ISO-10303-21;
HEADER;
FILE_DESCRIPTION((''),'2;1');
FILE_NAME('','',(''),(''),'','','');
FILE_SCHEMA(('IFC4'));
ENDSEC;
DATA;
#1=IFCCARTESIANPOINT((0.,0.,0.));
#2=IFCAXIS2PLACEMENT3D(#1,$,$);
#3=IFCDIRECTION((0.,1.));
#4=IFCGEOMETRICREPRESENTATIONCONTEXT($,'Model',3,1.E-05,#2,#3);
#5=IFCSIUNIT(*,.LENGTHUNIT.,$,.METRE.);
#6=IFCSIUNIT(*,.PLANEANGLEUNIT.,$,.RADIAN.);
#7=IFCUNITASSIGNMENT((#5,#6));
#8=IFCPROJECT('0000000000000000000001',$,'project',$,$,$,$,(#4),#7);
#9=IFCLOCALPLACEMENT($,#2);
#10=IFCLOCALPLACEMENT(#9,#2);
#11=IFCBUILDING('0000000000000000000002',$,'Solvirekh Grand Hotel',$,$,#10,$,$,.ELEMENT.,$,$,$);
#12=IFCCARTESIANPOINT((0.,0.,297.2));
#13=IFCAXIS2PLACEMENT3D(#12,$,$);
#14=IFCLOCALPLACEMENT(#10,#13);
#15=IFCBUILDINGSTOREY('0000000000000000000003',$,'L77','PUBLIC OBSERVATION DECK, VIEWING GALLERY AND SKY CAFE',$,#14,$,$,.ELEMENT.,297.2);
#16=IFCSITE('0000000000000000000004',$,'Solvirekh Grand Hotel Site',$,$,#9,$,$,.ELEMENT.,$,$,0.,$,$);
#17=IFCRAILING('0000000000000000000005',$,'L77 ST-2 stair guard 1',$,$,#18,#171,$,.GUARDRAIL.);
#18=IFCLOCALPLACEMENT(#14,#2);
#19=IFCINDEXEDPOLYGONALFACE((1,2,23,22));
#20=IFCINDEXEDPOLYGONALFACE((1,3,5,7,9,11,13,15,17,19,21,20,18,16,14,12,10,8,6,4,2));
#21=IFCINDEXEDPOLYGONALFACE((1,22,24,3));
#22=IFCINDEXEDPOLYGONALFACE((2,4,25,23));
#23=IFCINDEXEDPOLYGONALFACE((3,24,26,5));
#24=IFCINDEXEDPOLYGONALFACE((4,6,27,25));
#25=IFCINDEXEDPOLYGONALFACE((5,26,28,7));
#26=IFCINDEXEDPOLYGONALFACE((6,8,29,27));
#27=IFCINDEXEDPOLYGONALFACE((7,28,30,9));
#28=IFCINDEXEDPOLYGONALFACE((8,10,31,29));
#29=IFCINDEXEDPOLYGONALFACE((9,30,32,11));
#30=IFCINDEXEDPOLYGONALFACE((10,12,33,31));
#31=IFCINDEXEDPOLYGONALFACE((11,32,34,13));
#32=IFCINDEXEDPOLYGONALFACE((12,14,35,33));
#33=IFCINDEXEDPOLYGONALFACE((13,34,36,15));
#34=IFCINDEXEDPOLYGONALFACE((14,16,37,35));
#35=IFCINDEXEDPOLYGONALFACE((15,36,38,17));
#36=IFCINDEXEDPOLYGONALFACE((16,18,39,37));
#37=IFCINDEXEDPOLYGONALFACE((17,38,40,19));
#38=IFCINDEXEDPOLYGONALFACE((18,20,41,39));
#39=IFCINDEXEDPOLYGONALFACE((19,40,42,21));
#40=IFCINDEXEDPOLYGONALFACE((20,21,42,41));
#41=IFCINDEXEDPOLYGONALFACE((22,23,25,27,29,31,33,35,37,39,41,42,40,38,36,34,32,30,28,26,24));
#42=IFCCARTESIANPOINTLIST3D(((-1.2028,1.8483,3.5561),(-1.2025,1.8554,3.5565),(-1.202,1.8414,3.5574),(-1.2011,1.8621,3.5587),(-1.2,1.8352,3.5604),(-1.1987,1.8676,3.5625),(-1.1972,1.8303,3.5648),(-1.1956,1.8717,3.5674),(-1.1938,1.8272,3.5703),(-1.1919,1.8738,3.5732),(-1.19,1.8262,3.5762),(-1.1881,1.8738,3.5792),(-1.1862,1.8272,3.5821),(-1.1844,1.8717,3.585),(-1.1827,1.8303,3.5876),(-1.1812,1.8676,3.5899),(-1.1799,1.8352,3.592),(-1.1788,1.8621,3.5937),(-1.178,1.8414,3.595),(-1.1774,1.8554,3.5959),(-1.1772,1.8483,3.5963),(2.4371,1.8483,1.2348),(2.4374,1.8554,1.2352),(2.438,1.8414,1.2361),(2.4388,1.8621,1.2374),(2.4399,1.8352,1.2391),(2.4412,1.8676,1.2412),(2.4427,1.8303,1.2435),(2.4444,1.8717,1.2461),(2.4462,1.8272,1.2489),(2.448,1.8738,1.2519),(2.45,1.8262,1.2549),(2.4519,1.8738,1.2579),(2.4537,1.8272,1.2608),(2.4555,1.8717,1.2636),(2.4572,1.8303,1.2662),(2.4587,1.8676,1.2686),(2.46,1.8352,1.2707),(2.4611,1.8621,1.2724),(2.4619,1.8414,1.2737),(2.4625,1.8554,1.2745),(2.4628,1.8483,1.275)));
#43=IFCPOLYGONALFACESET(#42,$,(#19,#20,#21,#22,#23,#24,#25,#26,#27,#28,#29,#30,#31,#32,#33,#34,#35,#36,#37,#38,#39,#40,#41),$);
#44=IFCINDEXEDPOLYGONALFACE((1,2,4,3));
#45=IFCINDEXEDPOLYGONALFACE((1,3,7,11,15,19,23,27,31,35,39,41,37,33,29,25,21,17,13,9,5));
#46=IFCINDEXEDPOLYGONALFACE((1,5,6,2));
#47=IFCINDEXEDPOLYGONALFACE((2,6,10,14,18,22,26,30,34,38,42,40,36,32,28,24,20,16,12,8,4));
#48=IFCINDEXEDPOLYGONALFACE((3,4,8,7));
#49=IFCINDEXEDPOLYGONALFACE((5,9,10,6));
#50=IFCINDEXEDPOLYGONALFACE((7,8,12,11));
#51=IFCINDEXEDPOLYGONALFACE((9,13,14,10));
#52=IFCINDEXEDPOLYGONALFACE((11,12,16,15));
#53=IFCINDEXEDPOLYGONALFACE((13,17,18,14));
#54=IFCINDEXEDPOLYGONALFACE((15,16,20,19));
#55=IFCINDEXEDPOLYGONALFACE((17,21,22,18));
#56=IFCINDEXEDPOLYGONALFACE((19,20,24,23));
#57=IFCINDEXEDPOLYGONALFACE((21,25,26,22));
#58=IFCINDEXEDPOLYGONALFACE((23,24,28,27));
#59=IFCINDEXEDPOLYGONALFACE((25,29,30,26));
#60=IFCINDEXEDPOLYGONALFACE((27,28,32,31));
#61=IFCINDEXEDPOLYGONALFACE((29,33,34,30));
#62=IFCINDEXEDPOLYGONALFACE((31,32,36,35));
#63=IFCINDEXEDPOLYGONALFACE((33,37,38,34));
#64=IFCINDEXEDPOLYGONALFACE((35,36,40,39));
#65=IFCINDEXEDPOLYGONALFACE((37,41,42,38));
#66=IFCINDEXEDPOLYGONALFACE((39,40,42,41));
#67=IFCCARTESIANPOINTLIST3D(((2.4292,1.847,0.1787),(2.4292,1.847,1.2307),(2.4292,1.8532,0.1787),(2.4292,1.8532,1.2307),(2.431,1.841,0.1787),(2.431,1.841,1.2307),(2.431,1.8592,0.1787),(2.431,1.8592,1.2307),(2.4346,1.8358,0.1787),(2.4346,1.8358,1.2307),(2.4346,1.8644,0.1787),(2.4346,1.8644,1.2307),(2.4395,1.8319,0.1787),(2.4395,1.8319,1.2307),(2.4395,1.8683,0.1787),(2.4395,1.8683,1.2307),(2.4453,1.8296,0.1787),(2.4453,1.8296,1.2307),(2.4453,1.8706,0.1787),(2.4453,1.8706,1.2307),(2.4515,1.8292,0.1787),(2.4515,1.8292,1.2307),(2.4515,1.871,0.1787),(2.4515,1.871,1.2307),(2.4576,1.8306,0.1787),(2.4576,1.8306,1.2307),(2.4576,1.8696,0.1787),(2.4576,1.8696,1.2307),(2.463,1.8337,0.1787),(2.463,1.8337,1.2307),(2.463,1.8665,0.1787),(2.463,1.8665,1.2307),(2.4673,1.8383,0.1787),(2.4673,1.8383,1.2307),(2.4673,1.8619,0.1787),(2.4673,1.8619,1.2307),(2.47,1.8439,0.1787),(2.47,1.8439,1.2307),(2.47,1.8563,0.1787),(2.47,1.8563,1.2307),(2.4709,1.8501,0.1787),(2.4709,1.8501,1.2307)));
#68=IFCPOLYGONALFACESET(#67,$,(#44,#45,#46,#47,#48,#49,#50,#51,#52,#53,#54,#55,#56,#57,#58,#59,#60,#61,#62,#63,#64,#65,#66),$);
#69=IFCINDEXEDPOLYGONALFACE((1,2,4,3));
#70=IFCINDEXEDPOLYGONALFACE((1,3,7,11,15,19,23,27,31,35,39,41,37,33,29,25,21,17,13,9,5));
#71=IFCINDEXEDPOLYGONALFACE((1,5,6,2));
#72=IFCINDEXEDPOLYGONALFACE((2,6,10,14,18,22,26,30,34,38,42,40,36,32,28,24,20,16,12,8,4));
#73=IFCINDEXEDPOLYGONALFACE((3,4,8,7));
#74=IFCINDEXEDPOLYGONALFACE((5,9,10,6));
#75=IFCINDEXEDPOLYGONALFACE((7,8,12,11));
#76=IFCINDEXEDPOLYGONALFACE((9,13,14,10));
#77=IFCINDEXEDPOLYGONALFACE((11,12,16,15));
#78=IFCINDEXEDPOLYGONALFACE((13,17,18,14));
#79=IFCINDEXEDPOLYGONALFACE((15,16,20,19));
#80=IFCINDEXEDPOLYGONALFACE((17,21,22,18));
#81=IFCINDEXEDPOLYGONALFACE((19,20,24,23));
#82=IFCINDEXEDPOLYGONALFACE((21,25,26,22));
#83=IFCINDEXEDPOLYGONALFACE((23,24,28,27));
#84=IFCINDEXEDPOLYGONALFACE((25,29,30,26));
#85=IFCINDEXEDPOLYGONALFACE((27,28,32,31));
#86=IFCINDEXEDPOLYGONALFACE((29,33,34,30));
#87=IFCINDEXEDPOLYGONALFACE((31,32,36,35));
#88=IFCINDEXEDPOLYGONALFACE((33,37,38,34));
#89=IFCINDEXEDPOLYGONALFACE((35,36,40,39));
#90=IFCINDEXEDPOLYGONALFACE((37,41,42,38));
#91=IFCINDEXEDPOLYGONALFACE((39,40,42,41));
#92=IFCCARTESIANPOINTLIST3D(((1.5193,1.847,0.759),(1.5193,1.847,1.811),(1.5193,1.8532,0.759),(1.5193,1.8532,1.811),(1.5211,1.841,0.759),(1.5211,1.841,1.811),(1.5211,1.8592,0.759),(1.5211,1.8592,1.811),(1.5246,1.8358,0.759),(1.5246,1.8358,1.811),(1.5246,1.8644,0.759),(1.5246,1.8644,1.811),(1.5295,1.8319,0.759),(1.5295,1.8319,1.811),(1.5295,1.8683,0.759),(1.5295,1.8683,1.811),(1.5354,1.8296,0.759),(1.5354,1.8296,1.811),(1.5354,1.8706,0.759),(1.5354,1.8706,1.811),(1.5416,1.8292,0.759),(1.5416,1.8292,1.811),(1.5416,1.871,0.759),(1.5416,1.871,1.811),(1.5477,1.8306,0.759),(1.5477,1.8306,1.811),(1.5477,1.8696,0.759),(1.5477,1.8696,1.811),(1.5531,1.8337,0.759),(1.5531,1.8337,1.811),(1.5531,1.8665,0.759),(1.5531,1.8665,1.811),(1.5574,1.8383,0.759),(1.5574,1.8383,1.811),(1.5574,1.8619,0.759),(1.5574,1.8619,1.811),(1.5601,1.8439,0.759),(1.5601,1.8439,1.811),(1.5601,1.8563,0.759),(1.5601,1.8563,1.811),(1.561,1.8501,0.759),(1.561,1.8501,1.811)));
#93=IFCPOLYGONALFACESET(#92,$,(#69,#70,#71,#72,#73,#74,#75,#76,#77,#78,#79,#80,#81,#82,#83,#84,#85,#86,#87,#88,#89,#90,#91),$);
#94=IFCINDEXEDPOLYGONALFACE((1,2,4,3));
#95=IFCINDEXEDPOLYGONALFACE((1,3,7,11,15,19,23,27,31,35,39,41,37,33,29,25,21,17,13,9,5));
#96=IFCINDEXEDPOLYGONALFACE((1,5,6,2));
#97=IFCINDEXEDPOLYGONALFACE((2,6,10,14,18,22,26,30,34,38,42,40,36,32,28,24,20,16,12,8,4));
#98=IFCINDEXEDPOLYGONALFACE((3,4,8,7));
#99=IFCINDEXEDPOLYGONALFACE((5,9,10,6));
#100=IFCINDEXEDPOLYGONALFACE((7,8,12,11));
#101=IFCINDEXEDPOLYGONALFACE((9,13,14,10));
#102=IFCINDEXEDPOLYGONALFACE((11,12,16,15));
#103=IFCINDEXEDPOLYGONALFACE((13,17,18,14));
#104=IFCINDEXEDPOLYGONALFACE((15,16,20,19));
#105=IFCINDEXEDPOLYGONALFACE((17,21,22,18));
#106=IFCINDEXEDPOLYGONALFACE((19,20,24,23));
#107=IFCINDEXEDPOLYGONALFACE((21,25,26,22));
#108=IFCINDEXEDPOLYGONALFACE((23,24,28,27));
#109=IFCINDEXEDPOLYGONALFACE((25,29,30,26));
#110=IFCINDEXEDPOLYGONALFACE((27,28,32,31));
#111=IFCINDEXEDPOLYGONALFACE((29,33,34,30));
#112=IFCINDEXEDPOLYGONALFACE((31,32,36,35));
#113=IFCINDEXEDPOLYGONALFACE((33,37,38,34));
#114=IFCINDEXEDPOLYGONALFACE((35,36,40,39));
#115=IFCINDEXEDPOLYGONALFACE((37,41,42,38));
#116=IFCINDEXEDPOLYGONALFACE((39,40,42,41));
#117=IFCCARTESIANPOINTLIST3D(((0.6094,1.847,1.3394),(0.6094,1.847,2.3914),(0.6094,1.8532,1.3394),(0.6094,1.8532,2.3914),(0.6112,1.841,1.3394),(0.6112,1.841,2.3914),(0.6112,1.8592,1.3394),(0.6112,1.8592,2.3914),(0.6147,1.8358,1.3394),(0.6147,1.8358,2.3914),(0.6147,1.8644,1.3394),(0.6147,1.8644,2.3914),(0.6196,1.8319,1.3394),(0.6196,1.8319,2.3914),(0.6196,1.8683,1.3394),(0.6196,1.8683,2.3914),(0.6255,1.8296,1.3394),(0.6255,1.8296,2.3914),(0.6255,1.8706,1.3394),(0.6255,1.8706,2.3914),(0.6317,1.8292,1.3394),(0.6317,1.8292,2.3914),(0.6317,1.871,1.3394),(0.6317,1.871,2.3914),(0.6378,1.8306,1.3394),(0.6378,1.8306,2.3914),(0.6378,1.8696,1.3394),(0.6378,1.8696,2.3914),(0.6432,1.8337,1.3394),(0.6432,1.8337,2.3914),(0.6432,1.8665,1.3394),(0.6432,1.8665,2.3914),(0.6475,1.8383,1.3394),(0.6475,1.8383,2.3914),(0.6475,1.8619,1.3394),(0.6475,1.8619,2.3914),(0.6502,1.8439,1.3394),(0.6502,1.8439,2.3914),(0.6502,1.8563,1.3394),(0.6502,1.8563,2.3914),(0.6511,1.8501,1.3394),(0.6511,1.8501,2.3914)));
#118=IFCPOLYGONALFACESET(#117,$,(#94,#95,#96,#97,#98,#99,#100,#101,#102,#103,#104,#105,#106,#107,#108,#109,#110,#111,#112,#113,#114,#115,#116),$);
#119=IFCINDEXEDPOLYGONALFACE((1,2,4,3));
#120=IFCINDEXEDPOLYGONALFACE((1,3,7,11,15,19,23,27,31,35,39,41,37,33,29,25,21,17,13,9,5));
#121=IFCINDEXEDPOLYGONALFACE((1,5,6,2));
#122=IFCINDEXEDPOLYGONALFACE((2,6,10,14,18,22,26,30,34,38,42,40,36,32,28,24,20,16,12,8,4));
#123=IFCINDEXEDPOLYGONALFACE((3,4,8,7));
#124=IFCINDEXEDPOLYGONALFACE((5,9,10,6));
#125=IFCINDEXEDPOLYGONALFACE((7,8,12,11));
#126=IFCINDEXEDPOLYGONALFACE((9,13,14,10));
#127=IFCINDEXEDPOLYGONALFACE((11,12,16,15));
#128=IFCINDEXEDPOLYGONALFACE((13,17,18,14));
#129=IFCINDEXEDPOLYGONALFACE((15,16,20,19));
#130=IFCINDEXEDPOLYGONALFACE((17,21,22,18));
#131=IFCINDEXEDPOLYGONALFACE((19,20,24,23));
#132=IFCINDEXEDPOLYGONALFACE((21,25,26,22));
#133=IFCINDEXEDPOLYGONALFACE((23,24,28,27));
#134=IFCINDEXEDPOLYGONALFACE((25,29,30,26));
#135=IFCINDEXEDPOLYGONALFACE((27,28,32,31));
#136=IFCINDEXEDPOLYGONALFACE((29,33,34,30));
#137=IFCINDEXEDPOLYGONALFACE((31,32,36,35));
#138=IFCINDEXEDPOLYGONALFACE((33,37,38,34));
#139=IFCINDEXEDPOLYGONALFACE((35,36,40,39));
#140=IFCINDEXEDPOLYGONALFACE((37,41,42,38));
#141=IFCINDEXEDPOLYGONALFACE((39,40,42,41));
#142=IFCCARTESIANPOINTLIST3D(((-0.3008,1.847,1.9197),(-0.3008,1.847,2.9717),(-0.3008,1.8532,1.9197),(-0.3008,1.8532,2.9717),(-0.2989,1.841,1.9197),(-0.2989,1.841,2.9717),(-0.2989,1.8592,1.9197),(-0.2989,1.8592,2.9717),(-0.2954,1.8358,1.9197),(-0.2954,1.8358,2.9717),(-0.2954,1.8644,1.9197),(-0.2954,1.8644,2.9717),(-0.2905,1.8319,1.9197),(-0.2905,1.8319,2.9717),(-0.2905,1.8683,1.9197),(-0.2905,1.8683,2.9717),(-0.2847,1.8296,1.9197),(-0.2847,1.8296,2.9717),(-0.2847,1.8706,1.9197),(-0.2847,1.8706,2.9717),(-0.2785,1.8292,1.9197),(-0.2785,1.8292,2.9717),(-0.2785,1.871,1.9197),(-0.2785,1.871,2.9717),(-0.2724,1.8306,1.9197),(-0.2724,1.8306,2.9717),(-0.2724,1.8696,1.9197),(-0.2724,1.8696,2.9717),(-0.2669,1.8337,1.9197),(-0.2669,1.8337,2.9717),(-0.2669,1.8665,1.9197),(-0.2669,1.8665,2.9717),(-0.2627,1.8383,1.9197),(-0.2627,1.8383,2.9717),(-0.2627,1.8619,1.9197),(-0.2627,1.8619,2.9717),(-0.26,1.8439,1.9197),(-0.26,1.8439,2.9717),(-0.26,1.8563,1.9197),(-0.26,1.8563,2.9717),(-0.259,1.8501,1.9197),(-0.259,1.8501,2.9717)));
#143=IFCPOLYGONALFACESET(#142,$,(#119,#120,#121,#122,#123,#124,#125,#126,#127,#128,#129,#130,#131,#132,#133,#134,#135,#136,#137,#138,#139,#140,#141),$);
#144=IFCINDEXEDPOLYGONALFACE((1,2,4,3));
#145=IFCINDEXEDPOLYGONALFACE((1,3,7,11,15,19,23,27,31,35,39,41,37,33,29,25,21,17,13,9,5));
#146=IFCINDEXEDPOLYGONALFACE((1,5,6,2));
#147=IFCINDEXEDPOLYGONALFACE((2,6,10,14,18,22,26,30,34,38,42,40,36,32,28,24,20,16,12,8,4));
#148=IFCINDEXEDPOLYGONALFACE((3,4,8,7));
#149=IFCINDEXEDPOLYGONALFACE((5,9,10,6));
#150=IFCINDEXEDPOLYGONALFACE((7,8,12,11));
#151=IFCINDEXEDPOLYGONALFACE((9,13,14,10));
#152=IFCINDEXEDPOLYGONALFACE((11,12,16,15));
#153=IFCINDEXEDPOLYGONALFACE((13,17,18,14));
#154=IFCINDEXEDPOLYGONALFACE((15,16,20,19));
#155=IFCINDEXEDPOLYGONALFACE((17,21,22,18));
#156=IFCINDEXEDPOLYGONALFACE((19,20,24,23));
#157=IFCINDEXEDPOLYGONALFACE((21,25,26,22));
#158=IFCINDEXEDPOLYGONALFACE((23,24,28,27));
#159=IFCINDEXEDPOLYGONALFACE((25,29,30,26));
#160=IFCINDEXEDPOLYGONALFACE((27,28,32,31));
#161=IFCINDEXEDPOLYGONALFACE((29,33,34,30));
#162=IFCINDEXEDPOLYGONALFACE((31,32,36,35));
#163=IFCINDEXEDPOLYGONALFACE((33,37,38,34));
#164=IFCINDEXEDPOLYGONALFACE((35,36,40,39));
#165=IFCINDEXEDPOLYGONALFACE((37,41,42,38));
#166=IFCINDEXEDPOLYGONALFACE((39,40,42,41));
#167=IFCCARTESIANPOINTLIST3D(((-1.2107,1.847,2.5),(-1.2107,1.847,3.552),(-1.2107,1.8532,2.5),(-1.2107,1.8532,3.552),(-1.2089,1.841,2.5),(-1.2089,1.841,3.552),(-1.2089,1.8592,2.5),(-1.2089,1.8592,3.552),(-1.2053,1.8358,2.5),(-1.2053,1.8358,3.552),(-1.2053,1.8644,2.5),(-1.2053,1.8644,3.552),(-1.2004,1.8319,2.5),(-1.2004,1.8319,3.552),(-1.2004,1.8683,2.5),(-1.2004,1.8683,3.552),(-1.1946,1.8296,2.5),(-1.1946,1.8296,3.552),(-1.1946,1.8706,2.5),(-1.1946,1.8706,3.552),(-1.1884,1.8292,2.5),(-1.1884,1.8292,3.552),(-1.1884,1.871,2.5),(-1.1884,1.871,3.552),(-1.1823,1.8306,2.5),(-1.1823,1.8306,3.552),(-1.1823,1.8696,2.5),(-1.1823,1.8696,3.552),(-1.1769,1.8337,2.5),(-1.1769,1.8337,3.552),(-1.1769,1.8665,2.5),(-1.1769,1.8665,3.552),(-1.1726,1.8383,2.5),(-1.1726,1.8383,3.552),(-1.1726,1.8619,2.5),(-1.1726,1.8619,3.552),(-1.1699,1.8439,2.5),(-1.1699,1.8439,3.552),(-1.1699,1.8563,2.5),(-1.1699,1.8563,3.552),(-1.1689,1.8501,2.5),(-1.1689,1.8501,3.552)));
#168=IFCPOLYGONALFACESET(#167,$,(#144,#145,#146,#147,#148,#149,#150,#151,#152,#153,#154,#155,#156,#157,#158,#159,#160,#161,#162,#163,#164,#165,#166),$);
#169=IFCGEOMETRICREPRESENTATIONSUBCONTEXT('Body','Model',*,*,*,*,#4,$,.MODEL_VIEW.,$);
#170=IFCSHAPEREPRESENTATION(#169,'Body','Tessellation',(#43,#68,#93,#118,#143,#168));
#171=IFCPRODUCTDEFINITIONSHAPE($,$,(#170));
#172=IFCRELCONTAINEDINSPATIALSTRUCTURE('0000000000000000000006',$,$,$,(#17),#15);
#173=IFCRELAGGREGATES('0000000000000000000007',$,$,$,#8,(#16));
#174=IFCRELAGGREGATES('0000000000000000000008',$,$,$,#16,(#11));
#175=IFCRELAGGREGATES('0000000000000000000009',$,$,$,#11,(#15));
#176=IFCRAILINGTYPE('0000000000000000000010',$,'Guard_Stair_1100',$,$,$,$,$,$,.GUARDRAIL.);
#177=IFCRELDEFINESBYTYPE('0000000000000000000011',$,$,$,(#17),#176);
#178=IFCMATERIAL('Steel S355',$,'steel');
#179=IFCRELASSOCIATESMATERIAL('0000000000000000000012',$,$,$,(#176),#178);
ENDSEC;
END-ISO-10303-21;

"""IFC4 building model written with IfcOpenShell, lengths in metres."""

from ifc_helpers import new_model, si_unit, direction, frame, origin, origin_2d, place, context, subcontext, project, spatial, circle, extrude, material, type_object, element, save


model = new_model("IFC4")

# Units and contexts
model_context = context("Model", 3, precision=1e-05, world=origin(), true_north=direction((0.0, 1.0)))
body_context = subcontext(model_context, "Body", "Model", "MODEL_VIEW")
ifc_project = project(units=[si_unit("LENGTHUNIT", "METRE"), si_unit("PLANEANGLEUNIT", "RADIAN")], contexts=[model_context])

# Site, building, storey
site_placement = place(None, origin())
site = spatial("IfcSite", under=ifc_project, at=site_placement, Name="Solvirekh Grand Hotel Site", CompositionType="ELEMENT", RefElevation=0.0)
building_placement = place(site_placement, origin())
building = spatial("IfcBuilding", under=site, at=building_placement, Name="Solvirekh Grand Hotel", CompositionType="ELEMENT")
storey_placement = place(building_placement, frame((0.0, 0.0, 297.2)))
storey = spatial("IfcBuildingStorey", under=building, at=storey_placement, Name="L77", Description="PUBLIC OBSERVATION DECK, VIEWING GALLERY AND SKY CAFE", CompositionType="ELEMENT", Elevation=297.2)

# Railing
ifc_material_1 = material(Name="Steel S355", Category="steel")
railing_type_1 = type_object("IfcRailingType", Name="Guard_Stair_1100", PredefinedType="GUARDRAIL", material=ifc_material_1)
railing_1_placement = place(storey_placement, frame((2.45, 1.8501, 0.1787)))
element("IfcRailing", 1, at=railing_1_placement, inside=storey, type_object=railing_type_1, Name="L77 ST-2 stair guard 1", PredefinedType="GUARDRAIL", context=body_context, shape_type="SweptSolid", body=[
    extrude(circle(Radius=0.0239, at=origin_2d()), frame((0.0, 0.0, 1.0762), z_axis=(-0.843137, 0.0, 0.537699), x_axis=(0.0, -1.0, 0.0)), (0.0, 0.0, 1.0), 4.3171),
    extrude(circle(Radius=0.021, at=origin_2d()), origin(), (0.0, 0.0, 1.0), 1.052),
    extrude(circle(Radius=0.021, at=origin_2d()), frame((-0.9099, 0.0, 0.5803)), (0.0, 0.0, 1.0), 1.052),
    extrude(circle(Radius=0.021, at=origin_2d()), frame((-1.8198, 0.0, 1.1606)), (0.0, 0.0, 1.0), 1.052),
    extrude(circle(Radius=0.021, at=origin_2d()), frame((-2.73, 0.0, 1.741)), (0.0, 0.0, 1.0), 1.052),
    extrude(circle(Radius=0.021, at=origin_2d()), frame((-3.6399, 0.0, 2.3213)), (0.0, 0.0, 1.0), 1.052),
])

save(model, "model.ifc")
